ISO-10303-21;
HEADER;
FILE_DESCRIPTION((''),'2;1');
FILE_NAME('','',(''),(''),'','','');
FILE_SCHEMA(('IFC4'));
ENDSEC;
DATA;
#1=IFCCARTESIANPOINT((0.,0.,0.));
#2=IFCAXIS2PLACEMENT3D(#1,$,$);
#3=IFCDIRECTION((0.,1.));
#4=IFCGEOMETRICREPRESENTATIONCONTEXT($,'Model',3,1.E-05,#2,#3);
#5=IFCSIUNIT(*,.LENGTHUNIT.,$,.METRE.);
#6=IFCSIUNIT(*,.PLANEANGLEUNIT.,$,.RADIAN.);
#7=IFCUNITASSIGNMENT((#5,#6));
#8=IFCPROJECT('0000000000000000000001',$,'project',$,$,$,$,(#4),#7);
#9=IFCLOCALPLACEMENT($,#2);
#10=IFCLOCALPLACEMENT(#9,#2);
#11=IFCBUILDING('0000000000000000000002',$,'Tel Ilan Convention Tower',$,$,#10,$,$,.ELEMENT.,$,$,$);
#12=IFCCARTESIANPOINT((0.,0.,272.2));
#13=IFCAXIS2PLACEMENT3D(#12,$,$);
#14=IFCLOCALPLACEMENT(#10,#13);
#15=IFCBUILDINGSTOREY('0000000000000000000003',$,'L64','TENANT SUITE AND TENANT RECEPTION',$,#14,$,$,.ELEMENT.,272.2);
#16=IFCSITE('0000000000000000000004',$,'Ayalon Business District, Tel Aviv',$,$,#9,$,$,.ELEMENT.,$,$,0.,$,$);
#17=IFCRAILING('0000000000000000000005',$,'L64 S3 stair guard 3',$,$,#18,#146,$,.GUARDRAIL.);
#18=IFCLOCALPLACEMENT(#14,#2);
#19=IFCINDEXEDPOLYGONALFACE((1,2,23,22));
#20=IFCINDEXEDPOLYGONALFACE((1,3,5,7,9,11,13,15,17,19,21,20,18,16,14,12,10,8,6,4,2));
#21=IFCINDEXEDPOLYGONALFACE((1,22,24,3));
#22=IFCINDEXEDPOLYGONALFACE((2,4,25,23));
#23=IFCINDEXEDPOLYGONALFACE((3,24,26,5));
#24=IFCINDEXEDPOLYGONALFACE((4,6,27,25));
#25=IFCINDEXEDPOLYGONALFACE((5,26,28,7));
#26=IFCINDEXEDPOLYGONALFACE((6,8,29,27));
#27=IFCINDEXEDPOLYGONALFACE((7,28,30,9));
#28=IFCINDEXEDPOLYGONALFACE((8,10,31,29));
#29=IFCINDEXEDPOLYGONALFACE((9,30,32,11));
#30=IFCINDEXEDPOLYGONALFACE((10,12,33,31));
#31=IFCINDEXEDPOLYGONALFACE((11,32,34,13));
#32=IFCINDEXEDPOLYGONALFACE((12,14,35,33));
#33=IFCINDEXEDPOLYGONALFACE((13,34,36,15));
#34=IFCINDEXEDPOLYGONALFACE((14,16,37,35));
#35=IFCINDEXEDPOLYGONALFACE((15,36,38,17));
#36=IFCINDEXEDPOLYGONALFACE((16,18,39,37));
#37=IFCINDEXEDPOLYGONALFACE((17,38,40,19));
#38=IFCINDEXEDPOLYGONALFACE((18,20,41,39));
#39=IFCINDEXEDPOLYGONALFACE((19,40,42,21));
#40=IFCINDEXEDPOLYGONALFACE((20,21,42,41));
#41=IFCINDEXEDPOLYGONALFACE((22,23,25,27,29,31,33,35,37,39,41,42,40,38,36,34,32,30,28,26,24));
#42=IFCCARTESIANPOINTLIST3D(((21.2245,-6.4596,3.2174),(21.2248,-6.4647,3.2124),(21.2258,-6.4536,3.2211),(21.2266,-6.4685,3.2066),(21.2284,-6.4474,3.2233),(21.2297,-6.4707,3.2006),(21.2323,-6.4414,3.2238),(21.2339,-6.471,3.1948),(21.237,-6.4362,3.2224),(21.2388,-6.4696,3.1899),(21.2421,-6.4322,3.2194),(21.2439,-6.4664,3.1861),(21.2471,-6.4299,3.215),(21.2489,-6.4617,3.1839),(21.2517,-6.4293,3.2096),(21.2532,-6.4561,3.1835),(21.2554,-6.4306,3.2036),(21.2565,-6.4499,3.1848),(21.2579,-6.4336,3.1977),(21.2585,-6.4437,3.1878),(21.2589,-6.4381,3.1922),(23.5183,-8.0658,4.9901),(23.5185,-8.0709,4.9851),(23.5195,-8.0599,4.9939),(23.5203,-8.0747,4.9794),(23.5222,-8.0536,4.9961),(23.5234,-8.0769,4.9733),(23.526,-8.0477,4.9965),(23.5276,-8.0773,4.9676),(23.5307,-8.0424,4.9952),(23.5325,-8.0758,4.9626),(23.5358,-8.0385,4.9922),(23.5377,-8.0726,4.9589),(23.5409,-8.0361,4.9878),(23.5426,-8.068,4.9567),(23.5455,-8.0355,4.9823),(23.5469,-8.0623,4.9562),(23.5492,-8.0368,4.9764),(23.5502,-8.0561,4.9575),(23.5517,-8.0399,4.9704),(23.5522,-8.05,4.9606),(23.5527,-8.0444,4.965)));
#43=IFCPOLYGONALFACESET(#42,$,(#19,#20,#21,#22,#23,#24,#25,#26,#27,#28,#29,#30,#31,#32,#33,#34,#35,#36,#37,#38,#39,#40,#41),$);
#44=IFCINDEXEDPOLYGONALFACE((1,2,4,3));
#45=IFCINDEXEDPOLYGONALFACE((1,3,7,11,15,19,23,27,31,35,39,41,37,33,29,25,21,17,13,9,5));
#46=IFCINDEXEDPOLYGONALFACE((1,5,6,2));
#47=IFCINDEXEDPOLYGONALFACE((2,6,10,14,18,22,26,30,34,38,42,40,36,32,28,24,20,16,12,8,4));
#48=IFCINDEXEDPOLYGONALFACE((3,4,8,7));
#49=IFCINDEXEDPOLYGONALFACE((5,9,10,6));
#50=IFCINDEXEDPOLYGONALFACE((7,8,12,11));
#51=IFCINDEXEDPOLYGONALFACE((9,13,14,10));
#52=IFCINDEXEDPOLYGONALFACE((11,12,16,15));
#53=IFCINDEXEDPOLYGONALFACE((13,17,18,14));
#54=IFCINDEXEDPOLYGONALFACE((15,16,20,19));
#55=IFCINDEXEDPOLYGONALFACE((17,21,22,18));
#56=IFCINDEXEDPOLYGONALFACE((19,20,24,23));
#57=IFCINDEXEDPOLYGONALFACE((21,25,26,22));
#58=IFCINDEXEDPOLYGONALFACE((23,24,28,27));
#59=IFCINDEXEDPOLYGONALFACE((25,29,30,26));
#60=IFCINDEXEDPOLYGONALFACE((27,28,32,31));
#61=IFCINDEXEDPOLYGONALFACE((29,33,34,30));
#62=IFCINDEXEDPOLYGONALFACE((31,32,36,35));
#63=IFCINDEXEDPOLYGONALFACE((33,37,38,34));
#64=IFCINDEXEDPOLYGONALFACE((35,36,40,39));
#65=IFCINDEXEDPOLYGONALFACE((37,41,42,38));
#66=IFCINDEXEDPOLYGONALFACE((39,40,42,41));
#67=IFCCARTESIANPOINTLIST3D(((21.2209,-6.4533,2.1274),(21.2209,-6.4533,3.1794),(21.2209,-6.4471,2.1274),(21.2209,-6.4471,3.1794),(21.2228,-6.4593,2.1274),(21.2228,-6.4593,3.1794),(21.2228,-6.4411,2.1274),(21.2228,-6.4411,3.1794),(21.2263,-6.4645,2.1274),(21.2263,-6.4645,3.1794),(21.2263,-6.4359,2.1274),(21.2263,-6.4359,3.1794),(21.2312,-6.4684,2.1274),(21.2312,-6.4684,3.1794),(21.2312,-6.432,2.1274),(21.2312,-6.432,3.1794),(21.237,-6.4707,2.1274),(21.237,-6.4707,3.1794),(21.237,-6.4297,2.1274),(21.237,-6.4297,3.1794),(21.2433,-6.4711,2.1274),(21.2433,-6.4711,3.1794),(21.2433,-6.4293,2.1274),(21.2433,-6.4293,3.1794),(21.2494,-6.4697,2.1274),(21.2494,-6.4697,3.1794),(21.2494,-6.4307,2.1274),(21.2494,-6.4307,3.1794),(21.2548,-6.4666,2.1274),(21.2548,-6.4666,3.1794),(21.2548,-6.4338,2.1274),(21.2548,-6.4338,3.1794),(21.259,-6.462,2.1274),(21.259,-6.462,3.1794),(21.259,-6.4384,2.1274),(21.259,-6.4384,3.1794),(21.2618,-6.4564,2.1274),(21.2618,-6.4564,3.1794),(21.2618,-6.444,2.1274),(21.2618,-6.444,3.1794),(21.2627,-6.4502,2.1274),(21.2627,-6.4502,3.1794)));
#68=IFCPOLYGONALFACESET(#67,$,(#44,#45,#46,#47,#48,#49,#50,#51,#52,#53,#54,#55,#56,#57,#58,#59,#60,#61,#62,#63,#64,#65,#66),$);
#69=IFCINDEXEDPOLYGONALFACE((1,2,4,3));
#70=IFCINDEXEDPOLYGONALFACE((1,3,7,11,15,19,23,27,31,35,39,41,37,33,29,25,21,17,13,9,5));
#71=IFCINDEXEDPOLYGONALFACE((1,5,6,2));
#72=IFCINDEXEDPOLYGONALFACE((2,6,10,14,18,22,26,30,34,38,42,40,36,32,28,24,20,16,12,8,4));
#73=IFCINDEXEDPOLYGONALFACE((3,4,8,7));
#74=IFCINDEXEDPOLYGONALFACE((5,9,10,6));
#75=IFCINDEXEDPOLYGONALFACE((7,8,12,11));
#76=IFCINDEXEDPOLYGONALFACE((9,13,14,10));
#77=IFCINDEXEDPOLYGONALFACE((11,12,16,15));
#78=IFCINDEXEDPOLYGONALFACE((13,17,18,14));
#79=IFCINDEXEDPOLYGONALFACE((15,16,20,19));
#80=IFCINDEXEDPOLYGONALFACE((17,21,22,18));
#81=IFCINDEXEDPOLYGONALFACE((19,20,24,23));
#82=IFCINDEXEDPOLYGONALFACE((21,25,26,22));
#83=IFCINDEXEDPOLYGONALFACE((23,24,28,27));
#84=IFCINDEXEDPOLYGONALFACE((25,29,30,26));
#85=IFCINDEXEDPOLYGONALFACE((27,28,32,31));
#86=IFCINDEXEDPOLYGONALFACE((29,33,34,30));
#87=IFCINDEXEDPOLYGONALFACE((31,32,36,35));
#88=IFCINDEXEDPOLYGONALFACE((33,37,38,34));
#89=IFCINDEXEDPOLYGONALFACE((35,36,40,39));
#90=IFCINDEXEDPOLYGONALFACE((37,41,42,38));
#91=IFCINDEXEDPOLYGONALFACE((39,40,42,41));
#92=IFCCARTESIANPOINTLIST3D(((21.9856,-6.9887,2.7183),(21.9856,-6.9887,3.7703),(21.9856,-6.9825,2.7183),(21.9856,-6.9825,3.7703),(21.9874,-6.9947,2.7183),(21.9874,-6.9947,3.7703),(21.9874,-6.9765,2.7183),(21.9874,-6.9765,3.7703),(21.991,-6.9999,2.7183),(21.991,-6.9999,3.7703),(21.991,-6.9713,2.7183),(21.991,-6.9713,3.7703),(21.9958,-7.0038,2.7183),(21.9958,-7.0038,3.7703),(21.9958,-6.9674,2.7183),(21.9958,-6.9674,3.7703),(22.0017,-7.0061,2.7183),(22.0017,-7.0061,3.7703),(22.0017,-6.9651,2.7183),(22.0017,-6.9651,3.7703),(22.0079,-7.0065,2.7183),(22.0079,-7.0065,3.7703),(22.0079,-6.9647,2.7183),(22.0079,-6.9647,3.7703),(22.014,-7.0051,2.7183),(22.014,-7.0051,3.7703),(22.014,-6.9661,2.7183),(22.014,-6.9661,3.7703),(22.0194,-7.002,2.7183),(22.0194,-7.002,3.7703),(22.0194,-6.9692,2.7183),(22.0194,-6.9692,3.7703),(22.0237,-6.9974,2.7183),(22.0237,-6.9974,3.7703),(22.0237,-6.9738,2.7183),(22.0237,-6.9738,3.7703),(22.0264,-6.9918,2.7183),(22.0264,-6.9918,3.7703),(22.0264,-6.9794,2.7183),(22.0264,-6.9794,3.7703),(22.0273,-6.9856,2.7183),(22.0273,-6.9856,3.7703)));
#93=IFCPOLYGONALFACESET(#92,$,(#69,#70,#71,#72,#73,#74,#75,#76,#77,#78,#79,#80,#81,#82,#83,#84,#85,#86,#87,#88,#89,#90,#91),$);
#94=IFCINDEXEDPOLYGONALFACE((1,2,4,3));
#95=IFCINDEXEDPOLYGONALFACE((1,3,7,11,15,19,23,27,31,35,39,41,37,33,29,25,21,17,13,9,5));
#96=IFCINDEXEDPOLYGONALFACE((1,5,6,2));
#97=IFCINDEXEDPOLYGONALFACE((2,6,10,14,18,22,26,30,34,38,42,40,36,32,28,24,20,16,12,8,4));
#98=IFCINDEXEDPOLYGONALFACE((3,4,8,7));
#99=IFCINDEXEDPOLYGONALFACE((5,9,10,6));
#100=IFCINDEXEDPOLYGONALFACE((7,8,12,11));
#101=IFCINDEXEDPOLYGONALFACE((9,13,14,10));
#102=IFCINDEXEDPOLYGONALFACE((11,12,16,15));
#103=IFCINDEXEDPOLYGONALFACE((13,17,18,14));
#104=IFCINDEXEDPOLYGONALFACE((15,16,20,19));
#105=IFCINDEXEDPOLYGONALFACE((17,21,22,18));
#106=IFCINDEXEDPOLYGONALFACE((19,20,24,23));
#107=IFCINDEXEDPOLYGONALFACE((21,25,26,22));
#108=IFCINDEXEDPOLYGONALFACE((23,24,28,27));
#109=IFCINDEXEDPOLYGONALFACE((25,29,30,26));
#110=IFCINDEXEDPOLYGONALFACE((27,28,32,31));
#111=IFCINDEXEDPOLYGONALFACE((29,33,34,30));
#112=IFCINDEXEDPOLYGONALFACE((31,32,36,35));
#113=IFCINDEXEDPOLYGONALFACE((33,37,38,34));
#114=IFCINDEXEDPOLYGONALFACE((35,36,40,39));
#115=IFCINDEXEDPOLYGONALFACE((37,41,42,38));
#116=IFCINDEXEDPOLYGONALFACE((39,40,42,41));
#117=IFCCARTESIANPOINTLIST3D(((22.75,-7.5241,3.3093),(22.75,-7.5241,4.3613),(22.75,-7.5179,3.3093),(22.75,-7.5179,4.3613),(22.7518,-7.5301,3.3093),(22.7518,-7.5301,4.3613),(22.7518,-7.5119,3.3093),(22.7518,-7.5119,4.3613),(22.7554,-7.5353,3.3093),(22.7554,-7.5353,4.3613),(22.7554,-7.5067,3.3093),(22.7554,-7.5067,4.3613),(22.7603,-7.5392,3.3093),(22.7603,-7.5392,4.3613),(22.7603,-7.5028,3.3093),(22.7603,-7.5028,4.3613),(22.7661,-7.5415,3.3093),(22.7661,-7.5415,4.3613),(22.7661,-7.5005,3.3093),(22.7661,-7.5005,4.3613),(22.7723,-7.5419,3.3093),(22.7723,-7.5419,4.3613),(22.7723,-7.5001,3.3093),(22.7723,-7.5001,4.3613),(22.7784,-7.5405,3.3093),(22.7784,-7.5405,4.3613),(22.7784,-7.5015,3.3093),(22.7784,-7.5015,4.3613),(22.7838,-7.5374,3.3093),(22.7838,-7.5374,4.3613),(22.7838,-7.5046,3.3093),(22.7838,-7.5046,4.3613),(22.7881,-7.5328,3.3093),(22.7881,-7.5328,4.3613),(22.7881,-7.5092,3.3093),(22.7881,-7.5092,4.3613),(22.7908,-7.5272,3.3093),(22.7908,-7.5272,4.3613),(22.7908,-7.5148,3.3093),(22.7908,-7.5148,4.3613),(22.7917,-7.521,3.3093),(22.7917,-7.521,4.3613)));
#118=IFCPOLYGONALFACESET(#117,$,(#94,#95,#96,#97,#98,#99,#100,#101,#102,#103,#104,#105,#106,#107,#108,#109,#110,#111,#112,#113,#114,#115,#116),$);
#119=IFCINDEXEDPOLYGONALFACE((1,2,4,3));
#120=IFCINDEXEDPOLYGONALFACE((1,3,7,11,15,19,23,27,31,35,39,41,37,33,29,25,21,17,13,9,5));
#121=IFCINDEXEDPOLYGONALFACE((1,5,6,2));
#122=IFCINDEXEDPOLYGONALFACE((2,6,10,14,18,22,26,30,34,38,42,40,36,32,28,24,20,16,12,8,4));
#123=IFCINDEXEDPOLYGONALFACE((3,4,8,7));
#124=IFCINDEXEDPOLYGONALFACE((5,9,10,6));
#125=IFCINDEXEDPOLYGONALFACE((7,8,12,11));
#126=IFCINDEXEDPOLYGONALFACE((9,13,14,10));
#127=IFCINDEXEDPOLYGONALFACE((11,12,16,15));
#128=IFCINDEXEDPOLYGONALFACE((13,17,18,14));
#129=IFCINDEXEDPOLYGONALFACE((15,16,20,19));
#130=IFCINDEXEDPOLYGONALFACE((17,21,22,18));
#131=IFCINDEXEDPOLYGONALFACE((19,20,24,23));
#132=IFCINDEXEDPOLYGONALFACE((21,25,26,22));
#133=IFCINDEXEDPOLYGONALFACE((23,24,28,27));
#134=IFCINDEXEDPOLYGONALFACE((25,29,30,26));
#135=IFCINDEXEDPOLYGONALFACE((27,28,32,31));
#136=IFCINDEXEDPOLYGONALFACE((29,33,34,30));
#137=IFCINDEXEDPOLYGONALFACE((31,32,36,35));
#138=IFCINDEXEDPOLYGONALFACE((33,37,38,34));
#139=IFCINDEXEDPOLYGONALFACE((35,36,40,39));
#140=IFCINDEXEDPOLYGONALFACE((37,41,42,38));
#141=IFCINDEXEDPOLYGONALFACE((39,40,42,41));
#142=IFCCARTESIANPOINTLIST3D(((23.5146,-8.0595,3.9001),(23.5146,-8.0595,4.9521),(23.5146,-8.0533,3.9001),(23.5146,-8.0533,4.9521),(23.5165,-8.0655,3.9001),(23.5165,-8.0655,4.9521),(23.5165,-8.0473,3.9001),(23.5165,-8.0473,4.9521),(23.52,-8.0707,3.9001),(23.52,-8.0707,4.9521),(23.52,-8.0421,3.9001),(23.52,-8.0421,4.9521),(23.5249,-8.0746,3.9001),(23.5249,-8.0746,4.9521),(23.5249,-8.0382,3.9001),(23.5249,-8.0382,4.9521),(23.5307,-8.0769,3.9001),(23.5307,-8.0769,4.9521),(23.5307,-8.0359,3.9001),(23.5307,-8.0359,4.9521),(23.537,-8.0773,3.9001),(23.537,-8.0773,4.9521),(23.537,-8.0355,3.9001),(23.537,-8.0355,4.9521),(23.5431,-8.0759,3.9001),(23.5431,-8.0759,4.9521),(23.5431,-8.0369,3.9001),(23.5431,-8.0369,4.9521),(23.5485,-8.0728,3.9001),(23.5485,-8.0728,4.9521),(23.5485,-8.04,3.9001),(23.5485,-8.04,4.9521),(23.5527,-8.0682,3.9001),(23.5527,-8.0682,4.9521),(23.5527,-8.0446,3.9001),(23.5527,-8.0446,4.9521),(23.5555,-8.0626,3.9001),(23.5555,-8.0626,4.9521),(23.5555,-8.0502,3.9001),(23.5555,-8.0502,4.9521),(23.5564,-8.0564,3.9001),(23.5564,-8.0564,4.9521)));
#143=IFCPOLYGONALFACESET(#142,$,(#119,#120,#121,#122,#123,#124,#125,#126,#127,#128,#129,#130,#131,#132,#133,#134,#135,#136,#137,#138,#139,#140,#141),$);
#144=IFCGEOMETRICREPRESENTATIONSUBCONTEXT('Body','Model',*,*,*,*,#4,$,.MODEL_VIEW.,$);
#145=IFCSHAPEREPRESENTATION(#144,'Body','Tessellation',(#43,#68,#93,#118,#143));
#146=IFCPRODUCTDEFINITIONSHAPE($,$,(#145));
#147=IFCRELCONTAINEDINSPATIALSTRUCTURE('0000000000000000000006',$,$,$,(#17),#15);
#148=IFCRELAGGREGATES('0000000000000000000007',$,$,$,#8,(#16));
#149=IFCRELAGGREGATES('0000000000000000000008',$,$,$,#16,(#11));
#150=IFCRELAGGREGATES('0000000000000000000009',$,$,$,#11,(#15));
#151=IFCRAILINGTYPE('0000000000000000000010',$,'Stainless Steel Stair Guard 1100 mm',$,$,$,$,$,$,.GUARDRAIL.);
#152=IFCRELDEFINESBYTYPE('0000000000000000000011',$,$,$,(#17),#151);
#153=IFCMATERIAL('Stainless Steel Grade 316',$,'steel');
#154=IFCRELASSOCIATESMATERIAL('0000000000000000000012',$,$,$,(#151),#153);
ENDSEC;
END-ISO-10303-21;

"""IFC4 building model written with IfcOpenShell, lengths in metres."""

from ifc_helpers import new_model, si_unit, direction, frame, origin, origin_2d, place, context, subcontext, project, spatial, circle, extrude, material, type_object, element, save


model = new_model("IFC4")

# Units and contexts
model_context = context("Model", 3, precision=1e-05, world=origin(), true_north=direction((0.0, 1.0)))
body_context = subcontext(model_context, "Body", "Model", "MODEL_VIEW")
ifc_project = project(units=[si_unit("LENGTHUNIT", "METRE"), si_unit("PLANEANGLEUNIT", "RADIAN")], contexts=[model_context])

# Site, building, storey
site_placement = place(None, origin())
site = spatial("IfcSite", under=ifc_project, at=site_placement, Name="Ayalon Business District, Tel Aviv", CompositionType="ELEMENT", RefElevation=0.0)
building_placement = place(site_placement, origin())
building = spatial("IfcBuilding", under=site, at=building_placement, Name="Tel Ilan Convention Tower", CompositionType="ELEMENT")
storey_placement = place(building_placement, frame((0.0, 0.0, 272.2)))
storey = spatial("IfcBuildingStorey", under=building, at=storey_placement, Name="L64", Description="TENANT SUITE AND TENANT RECEPTION", CompositionType="ELEMENT", Elevation=272.2)

# Railing
ifc_material_1 = material(Name="Stainless Steel Grade 316", Category="steel")
railing_type_1 = type_object("IfcRailingType", Name="Stainless Steel Stair Guard 1100 mm", PredefinedType="GUARDRAIL", material=ifc_material_1)
railing_1_placement = place(storey_placement, frame((21.2417, -6.4502, 2.1274)))
element("IfcRailing", 1, at=railing_1_placement, inside=storey, type_object=railing_type_1, Name="L64 S3 stair guard 3", PredefinedType="GUARDRAIL", context=body_context, shape_type="SweptSolid", body=[
    extrude(circle(Radius=0.0239, at=origin_2d()), frame((0.0, 0.0, 1.0762), z_axis=(0.692098, -0.484653, 0.534894), x_axis=(0.573609, 0.81913, 0.0)), (0.0, 0.0, 1.0), 3.3142),
    extrude(circle(Radius=0.021, at=origin_2d()), origin(), (0.0, 0.0, 1.0), 1.052),
    extrude(circle(Radius=0.021, at=origin_2d()), frame((0.7646, -0.5354, 0.5908)), (0.0, 0.0, 1.0), 1.052),
    extrude(circle(Radius=0.021, at=origin_2d()), frame((1.5291, -1.0708, 1.1819)), (0.0, 0.0, 1.0), 1.052),
    extrude(circle(Radius=0.021, at=origin_2d()), frame((2.2937, -1.6062, 1.7727)), (0.0, 0.0, 1.0), 1.052),
])

save(model, "model.ifc")
